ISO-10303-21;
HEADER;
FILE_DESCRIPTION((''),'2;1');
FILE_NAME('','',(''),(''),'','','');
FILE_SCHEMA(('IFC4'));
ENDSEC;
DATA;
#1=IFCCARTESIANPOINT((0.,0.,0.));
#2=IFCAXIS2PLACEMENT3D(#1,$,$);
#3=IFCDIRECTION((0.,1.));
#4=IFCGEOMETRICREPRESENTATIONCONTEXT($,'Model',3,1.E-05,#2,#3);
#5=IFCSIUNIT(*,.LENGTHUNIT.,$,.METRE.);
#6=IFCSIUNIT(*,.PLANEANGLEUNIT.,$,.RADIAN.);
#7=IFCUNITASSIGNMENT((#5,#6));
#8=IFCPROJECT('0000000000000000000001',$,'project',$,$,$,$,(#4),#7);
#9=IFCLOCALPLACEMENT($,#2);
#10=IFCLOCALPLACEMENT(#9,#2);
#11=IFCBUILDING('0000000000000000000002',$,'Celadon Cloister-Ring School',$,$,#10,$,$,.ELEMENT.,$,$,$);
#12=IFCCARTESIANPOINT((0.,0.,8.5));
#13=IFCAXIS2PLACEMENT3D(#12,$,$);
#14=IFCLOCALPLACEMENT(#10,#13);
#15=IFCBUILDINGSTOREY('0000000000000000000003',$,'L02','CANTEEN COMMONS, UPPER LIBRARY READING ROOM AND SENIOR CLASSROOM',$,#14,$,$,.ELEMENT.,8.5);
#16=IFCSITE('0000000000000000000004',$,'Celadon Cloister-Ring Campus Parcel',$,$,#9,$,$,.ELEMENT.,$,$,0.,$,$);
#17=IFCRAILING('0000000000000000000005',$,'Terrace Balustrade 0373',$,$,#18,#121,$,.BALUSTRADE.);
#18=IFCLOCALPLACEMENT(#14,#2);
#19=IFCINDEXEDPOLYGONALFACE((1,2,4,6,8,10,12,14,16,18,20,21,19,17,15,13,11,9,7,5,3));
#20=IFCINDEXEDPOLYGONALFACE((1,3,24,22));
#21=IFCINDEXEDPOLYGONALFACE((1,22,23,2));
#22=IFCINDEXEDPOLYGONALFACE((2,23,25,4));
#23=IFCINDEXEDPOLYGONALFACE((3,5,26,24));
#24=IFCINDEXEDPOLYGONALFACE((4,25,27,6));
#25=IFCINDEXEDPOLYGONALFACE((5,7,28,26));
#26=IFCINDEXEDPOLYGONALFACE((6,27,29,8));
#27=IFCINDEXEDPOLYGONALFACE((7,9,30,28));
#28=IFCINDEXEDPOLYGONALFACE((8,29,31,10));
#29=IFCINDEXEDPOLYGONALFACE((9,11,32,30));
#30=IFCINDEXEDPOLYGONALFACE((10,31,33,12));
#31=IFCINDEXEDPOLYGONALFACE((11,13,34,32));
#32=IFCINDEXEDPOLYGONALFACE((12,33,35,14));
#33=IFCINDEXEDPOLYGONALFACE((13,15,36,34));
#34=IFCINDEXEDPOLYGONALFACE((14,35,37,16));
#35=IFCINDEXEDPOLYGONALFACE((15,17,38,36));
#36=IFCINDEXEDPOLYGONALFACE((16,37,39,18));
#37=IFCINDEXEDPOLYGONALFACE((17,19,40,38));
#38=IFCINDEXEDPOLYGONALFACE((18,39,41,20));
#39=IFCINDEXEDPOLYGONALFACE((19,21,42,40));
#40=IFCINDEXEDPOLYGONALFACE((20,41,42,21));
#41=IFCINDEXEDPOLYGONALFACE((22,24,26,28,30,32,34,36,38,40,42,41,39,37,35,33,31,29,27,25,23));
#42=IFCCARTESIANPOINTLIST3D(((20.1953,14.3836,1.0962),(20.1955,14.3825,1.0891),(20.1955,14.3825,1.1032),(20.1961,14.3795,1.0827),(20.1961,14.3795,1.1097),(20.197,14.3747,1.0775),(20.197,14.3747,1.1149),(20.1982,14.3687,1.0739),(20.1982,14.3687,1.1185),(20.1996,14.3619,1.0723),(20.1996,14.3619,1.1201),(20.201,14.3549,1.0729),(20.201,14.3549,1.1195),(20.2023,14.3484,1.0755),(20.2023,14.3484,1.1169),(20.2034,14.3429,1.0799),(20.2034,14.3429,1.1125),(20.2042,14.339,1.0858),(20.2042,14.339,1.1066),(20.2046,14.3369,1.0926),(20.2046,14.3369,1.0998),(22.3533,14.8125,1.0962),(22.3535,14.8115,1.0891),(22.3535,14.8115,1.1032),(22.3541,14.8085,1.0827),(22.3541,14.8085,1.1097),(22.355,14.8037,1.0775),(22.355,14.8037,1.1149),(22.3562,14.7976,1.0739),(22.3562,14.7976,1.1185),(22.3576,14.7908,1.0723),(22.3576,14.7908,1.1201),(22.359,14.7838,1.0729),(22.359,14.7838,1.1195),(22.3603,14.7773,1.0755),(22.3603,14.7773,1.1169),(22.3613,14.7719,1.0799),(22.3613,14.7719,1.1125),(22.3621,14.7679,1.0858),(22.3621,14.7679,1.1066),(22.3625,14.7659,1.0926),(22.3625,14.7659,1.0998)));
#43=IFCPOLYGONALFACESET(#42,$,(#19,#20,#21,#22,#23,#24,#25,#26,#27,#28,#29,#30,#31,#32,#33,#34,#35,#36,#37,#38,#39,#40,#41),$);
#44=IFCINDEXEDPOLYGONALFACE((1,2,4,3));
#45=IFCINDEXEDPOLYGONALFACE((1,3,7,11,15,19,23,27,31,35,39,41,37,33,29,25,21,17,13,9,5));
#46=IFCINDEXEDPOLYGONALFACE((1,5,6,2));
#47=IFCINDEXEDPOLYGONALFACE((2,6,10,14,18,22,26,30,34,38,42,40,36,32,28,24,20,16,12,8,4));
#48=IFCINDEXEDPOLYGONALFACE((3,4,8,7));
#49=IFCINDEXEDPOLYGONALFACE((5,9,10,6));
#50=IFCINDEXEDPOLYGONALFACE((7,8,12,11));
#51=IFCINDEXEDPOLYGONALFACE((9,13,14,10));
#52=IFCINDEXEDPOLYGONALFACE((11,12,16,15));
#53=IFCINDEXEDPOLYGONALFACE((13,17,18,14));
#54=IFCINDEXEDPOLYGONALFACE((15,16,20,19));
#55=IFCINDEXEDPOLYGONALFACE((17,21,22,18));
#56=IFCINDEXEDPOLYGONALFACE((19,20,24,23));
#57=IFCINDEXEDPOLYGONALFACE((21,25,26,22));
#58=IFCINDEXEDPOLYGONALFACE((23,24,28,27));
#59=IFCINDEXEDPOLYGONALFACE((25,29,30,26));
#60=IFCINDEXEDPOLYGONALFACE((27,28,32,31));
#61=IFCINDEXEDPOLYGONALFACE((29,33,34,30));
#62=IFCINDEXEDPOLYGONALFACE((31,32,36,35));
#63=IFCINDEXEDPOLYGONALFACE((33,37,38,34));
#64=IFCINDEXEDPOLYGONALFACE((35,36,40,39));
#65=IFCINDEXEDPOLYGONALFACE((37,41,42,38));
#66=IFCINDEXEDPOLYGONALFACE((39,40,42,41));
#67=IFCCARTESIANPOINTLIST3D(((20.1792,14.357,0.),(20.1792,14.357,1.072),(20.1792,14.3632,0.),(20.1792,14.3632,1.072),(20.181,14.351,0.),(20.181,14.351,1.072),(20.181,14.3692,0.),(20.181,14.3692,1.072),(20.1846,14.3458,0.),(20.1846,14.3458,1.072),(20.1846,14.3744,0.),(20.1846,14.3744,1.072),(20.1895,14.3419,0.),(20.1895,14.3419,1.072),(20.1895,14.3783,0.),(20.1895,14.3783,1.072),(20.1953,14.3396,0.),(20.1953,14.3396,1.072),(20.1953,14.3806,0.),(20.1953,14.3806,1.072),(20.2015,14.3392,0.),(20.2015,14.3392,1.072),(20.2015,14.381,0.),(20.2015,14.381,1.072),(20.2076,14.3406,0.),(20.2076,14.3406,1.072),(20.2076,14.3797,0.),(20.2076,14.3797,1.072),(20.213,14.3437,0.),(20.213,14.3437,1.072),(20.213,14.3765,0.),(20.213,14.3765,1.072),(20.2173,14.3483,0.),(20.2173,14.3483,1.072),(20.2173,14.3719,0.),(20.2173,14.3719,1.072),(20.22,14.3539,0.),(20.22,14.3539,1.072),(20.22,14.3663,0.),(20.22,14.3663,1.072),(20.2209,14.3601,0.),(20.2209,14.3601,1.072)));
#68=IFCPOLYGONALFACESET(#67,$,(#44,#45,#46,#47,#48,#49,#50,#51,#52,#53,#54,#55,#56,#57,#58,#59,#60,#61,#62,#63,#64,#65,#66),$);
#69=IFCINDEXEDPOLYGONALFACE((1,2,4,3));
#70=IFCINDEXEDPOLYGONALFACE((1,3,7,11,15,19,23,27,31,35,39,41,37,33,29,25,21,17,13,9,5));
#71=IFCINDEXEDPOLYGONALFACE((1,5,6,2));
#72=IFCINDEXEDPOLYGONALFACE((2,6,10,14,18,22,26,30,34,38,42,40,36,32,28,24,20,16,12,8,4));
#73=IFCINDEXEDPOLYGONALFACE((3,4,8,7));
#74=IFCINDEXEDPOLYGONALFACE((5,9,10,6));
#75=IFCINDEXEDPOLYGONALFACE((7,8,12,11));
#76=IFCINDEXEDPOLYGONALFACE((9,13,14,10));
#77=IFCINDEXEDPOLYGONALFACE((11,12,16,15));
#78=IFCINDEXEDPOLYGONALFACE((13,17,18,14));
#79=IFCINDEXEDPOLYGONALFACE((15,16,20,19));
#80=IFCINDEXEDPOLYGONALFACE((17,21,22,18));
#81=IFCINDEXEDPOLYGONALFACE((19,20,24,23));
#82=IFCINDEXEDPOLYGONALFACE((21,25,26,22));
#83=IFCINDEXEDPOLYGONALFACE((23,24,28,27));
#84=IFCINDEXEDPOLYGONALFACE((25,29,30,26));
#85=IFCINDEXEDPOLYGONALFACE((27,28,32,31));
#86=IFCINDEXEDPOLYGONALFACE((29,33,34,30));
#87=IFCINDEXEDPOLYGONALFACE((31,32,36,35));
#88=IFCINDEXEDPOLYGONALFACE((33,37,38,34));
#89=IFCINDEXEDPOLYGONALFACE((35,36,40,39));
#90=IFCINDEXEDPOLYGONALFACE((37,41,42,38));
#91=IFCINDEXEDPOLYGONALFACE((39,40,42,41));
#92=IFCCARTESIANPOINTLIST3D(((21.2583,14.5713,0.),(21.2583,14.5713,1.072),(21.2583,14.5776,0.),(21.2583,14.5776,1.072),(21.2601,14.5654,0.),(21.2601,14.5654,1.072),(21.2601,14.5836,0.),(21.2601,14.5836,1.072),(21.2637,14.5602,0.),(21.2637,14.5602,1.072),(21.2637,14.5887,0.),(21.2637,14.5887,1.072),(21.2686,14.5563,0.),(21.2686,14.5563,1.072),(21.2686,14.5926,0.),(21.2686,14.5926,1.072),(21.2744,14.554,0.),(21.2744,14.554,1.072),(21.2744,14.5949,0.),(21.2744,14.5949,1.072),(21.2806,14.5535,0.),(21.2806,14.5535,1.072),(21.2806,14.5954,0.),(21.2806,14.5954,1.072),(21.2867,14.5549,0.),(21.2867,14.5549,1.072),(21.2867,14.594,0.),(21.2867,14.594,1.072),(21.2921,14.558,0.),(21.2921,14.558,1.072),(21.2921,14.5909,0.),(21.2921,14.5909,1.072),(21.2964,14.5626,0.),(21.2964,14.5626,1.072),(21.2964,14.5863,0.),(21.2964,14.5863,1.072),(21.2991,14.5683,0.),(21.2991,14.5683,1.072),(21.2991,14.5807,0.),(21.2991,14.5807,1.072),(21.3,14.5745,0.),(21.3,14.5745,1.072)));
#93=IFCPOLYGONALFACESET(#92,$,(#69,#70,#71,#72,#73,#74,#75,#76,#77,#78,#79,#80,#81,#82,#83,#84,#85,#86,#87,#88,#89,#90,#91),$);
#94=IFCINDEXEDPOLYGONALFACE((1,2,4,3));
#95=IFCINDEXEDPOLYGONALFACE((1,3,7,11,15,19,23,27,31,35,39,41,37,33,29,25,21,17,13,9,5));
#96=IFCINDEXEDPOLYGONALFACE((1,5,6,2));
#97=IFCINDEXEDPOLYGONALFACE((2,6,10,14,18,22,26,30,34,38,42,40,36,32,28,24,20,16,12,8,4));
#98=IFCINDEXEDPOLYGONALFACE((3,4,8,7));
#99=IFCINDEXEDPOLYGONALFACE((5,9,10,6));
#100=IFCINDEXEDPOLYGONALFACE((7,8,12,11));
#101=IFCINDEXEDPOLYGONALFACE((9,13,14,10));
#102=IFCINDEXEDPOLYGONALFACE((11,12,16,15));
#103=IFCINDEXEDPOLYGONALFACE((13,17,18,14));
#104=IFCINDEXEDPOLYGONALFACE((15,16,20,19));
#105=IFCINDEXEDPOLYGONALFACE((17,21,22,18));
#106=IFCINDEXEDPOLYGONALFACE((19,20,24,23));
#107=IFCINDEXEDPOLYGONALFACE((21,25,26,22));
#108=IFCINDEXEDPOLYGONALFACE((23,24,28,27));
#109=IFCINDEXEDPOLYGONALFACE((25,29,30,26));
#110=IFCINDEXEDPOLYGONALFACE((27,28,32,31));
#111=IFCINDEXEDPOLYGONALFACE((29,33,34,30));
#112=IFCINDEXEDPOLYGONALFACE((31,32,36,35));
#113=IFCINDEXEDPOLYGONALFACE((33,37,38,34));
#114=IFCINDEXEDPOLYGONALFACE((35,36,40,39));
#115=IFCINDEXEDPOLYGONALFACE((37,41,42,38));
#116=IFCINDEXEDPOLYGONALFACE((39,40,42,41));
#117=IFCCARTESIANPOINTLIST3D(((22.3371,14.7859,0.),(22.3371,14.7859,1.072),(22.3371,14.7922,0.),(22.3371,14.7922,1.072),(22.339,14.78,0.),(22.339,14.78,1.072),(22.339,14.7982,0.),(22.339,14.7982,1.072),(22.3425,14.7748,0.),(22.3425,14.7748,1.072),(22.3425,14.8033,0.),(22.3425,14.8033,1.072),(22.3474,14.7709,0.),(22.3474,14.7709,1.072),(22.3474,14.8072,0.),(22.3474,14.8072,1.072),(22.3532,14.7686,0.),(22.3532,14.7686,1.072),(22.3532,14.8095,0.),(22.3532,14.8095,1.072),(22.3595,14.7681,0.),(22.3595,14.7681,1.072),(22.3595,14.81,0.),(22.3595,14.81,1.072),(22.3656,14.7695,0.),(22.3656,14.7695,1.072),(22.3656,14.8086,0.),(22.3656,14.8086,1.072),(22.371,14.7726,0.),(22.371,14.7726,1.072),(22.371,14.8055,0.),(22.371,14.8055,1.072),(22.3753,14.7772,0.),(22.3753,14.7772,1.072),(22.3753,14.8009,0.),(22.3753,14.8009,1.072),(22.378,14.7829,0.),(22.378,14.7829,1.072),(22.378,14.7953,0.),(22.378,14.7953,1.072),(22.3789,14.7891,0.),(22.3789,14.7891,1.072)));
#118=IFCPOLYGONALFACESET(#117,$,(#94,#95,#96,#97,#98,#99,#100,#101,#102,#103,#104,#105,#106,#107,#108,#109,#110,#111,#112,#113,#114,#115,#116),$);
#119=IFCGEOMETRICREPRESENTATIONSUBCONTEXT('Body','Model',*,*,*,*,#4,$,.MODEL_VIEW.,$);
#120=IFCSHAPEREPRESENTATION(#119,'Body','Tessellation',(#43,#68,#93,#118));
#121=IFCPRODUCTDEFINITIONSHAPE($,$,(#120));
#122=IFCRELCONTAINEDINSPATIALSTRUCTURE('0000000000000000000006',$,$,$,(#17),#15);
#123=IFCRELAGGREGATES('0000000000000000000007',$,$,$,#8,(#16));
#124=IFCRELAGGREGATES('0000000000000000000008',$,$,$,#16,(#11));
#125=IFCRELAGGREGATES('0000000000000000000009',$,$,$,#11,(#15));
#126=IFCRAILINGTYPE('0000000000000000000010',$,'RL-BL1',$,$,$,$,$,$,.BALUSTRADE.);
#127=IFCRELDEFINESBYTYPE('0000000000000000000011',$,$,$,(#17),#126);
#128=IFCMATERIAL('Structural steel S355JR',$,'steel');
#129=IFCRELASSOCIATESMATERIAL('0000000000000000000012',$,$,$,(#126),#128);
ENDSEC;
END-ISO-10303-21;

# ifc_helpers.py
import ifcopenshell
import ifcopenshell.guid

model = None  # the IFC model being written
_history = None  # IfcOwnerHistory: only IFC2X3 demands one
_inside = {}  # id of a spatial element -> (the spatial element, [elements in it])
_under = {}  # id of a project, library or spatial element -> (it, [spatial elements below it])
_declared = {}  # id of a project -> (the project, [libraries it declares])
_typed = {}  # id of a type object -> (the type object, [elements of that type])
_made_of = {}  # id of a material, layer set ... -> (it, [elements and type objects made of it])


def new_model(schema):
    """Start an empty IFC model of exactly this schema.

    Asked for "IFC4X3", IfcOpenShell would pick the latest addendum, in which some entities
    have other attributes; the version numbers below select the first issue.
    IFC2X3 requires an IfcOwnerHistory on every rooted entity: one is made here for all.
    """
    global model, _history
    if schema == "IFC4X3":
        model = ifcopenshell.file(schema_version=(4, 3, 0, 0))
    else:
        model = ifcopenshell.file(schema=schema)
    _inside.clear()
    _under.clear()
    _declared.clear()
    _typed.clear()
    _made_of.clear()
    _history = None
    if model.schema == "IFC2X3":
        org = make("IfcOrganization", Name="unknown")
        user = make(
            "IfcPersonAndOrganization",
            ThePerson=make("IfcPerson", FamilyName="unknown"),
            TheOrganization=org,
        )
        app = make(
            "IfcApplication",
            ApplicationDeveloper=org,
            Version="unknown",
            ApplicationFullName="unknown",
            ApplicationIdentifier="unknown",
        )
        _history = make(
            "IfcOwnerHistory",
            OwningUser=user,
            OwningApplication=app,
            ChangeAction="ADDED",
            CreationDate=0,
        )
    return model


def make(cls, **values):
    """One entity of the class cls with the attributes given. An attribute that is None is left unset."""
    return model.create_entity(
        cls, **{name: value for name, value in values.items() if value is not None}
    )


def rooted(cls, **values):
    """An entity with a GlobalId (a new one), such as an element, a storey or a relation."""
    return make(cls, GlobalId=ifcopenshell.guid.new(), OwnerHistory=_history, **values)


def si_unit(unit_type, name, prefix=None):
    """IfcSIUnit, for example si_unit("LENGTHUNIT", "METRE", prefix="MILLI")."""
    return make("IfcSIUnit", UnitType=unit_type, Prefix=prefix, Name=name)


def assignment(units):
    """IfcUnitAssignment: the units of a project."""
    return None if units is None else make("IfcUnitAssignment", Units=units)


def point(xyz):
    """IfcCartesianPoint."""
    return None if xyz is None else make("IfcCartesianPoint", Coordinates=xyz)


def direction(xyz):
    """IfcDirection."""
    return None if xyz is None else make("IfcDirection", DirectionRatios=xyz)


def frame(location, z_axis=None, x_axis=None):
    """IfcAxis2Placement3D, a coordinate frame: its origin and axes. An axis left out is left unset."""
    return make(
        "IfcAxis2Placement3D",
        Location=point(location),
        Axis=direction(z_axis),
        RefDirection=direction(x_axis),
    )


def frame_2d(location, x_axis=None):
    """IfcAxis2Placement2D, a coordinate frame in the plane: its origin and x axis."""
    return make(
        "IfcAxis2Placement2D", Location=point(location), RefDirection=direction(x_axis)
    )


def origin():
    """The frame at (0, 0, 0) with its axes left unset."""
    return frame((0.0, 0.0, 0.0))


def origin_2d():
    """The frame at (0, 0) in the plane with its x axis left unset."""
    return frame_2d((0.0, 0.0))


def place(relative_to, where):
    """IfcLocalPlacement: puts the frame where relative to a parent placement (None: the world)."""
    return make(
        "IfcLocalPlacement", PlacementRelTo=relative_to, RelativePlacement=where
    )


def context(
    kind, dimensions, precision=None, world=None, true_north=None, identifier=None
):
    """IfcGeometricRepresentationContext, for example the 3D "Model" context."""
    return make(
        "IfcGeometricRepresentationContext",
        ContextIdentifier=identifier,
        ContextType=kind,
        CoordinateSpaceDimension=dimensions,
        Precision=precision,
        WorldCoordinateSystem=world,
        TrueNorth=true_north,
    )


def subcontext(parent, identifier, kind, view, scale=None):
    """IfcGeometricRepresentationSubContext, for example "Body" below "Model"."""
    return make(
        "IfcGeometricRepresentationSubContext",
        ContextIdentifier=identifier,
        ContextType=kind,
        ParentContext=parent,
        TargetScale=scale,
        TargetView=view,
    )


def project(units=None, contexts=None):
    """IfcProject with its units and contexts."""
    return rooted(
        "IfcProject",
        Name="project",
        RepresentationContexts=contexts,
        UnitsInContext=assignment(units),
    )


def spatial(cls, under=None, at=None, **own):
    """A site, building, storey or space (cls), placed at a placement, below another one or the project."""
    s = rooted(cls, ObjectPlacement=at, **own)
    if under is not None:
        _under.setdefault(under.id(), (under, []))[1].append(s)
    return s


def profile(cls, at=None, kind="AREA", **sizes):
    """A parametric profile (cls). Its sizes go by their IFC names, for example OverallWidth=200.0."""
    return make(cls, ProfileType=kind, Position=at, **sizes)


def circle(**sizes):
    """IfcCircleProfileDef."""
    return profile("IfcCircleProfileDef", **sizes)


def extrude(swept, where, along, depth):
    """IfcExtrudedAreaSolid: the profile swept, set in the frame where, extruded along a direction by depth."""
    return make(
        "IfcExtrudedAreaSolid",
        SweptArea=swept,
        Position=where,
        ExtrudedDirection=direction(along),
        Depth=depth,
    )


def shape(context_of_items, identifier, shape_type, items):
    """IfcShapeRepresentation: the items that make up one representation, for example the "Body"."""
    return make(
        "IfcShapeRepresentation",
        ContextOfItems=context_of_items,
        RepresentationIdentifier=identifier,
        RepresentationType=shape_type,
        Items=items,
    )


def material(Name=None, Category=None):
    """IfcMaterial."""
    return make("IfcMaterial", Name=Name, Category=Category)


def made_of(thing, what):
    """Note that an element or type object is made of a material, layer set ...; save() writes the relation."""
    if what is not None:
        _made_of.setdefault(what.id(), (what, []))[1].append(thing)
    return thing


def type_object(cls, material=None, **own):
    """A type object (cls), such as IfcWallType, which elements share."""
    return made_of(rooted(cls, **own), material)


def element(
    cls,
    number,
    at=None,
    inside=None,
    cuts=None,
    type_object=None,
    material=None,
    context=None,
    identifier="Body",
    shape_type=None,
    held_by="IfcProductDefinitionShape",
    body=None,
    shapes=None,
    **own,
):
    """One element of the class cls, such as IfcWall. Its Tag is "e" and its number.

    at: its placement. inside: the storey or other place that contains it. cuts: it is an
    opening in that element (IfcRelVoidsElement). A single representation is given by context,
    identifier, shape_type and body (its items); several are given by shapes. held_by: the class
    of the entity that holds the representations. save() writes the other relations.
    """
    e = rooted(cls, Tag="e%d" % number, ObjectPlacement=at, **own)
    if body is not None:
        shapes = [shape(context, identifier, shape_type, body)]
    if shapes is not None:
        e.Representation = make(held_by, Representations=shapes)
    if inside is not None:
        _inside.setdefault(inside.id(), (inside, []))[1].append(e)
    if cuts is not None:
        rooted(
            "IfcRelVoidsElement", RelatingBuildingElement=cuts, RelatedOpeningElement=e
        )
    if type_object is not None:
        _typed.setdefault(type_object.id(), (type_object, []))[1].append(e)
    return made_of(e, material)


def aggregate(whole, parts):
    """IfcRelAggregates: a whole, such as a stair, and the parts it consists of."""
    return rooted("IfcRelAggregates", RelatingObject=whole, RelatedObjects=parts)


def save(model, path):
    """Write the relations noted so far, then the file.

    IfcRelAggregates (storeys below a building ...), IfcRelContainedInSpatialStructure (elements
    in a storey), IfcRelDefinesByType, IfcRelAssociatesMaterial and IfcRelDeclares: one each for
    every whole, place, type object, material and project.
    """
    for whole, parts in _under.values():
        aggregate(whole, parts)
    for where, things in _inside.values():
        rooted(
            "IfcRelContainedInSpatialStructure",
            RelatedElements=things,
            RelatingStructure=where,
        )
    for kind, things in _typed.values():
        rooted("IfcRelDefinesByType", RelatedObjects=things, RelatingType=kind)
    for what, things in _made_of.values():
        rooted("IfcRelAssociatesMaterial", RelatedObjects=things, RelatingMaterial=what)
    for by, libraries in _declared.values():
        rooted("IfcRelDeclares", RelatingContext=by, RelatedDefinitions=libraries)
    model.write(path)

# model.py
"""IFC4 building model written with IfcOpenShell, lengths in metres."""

from ifc_helpers import new_model, si_unit, direction, frame, origin, origin_2d, place, context, subcontext, project, spatial, circle, extrude, material, type_object, element, save


model = new_model("IFC4")

# Units and contexts
model_context = context("Model", 3, precision=1e-05, world=origin(), true_north=direction((0.0, 1.0)))
body_context = subcontext(model_context, "Body", "Model", "MODEL_VIEW")
ifc_project = project(units=[si_unit("LENGTHUNIT", "METRE"), si_unit("PLANEANGLEUNIT", "RADIAN")], contexts=[model_context])

# Site, building, storey
site_placement = place(None, origin())
site = spatial("IfcSite", under=ifc_project, at=site_placement, Name="Celadon Cloister-Ring Campus Parcel", CompositionType="ELEMENT", RefElevation=0.0)
building_placement = place(site_placement, origin())
building = spatial("IfcBuilding", under=site, at=building_placement, Name="Celadon Cloister-Ring School", CompositionType="ELEMENT")
storey_placement = place(building_placement, frame((0.0, 0.0, 8.5)))
storey = spatial("IfcBuildingStorey", under=building, at=storey_placement, Name="L02", Description="CANTEEN COMMONS, UPPER LIBRARY READING ROOM AND SENIOR CLASSROOM", CompositionType="ELEMENT", Elevation=8.5)

# Railing
ifc_material_1 = material(Name="Structural steel S355JR", Category="steel")
railing_type = type_object("IfcRailingType", Name="RL-BL1", PredefinedType="BALUSTRADE", material=ifc_material_1)
railing_1_placement = place(storey_placement, frame((20.2, 14.3601, 0.0)))
element("IfcRailing", 1, at=railing_1_placement, inside=storey, type_object=railing_type, Name="Terrace Balustrade 0373", PredefinedType="BALUSTRADE", context=body_context, shape_type="SweptSolid", body=[
    extrude(circle(Radius=0.0239, at=origin_2d()), frame((0.0, 0.0, 1.0962), z_axis=(0.98081, 0.194964, 0.0), x_axis=(-0.194964, 0.98081, 0.0)), (0.0, 0.0, 1.0), 2.2002),
    extrude(circle(Radius=0.021, at=origin_2d()), origin(), (0.0, 0.0, 1.0), 1.072),
    extrude(circle(Radius=0.021, at=origin_2d()), frame((1.0791, 0.2144, 0.0)), (0.0, 0.0, 1.0), 1.072),
    extrude(circle(Radius=0.021, at=origin_2d()), frame((2.158, 0.429, 0.0)), (0.0, 0.0, 1.0), 1.072),
])

save(model, "model.ifc")
